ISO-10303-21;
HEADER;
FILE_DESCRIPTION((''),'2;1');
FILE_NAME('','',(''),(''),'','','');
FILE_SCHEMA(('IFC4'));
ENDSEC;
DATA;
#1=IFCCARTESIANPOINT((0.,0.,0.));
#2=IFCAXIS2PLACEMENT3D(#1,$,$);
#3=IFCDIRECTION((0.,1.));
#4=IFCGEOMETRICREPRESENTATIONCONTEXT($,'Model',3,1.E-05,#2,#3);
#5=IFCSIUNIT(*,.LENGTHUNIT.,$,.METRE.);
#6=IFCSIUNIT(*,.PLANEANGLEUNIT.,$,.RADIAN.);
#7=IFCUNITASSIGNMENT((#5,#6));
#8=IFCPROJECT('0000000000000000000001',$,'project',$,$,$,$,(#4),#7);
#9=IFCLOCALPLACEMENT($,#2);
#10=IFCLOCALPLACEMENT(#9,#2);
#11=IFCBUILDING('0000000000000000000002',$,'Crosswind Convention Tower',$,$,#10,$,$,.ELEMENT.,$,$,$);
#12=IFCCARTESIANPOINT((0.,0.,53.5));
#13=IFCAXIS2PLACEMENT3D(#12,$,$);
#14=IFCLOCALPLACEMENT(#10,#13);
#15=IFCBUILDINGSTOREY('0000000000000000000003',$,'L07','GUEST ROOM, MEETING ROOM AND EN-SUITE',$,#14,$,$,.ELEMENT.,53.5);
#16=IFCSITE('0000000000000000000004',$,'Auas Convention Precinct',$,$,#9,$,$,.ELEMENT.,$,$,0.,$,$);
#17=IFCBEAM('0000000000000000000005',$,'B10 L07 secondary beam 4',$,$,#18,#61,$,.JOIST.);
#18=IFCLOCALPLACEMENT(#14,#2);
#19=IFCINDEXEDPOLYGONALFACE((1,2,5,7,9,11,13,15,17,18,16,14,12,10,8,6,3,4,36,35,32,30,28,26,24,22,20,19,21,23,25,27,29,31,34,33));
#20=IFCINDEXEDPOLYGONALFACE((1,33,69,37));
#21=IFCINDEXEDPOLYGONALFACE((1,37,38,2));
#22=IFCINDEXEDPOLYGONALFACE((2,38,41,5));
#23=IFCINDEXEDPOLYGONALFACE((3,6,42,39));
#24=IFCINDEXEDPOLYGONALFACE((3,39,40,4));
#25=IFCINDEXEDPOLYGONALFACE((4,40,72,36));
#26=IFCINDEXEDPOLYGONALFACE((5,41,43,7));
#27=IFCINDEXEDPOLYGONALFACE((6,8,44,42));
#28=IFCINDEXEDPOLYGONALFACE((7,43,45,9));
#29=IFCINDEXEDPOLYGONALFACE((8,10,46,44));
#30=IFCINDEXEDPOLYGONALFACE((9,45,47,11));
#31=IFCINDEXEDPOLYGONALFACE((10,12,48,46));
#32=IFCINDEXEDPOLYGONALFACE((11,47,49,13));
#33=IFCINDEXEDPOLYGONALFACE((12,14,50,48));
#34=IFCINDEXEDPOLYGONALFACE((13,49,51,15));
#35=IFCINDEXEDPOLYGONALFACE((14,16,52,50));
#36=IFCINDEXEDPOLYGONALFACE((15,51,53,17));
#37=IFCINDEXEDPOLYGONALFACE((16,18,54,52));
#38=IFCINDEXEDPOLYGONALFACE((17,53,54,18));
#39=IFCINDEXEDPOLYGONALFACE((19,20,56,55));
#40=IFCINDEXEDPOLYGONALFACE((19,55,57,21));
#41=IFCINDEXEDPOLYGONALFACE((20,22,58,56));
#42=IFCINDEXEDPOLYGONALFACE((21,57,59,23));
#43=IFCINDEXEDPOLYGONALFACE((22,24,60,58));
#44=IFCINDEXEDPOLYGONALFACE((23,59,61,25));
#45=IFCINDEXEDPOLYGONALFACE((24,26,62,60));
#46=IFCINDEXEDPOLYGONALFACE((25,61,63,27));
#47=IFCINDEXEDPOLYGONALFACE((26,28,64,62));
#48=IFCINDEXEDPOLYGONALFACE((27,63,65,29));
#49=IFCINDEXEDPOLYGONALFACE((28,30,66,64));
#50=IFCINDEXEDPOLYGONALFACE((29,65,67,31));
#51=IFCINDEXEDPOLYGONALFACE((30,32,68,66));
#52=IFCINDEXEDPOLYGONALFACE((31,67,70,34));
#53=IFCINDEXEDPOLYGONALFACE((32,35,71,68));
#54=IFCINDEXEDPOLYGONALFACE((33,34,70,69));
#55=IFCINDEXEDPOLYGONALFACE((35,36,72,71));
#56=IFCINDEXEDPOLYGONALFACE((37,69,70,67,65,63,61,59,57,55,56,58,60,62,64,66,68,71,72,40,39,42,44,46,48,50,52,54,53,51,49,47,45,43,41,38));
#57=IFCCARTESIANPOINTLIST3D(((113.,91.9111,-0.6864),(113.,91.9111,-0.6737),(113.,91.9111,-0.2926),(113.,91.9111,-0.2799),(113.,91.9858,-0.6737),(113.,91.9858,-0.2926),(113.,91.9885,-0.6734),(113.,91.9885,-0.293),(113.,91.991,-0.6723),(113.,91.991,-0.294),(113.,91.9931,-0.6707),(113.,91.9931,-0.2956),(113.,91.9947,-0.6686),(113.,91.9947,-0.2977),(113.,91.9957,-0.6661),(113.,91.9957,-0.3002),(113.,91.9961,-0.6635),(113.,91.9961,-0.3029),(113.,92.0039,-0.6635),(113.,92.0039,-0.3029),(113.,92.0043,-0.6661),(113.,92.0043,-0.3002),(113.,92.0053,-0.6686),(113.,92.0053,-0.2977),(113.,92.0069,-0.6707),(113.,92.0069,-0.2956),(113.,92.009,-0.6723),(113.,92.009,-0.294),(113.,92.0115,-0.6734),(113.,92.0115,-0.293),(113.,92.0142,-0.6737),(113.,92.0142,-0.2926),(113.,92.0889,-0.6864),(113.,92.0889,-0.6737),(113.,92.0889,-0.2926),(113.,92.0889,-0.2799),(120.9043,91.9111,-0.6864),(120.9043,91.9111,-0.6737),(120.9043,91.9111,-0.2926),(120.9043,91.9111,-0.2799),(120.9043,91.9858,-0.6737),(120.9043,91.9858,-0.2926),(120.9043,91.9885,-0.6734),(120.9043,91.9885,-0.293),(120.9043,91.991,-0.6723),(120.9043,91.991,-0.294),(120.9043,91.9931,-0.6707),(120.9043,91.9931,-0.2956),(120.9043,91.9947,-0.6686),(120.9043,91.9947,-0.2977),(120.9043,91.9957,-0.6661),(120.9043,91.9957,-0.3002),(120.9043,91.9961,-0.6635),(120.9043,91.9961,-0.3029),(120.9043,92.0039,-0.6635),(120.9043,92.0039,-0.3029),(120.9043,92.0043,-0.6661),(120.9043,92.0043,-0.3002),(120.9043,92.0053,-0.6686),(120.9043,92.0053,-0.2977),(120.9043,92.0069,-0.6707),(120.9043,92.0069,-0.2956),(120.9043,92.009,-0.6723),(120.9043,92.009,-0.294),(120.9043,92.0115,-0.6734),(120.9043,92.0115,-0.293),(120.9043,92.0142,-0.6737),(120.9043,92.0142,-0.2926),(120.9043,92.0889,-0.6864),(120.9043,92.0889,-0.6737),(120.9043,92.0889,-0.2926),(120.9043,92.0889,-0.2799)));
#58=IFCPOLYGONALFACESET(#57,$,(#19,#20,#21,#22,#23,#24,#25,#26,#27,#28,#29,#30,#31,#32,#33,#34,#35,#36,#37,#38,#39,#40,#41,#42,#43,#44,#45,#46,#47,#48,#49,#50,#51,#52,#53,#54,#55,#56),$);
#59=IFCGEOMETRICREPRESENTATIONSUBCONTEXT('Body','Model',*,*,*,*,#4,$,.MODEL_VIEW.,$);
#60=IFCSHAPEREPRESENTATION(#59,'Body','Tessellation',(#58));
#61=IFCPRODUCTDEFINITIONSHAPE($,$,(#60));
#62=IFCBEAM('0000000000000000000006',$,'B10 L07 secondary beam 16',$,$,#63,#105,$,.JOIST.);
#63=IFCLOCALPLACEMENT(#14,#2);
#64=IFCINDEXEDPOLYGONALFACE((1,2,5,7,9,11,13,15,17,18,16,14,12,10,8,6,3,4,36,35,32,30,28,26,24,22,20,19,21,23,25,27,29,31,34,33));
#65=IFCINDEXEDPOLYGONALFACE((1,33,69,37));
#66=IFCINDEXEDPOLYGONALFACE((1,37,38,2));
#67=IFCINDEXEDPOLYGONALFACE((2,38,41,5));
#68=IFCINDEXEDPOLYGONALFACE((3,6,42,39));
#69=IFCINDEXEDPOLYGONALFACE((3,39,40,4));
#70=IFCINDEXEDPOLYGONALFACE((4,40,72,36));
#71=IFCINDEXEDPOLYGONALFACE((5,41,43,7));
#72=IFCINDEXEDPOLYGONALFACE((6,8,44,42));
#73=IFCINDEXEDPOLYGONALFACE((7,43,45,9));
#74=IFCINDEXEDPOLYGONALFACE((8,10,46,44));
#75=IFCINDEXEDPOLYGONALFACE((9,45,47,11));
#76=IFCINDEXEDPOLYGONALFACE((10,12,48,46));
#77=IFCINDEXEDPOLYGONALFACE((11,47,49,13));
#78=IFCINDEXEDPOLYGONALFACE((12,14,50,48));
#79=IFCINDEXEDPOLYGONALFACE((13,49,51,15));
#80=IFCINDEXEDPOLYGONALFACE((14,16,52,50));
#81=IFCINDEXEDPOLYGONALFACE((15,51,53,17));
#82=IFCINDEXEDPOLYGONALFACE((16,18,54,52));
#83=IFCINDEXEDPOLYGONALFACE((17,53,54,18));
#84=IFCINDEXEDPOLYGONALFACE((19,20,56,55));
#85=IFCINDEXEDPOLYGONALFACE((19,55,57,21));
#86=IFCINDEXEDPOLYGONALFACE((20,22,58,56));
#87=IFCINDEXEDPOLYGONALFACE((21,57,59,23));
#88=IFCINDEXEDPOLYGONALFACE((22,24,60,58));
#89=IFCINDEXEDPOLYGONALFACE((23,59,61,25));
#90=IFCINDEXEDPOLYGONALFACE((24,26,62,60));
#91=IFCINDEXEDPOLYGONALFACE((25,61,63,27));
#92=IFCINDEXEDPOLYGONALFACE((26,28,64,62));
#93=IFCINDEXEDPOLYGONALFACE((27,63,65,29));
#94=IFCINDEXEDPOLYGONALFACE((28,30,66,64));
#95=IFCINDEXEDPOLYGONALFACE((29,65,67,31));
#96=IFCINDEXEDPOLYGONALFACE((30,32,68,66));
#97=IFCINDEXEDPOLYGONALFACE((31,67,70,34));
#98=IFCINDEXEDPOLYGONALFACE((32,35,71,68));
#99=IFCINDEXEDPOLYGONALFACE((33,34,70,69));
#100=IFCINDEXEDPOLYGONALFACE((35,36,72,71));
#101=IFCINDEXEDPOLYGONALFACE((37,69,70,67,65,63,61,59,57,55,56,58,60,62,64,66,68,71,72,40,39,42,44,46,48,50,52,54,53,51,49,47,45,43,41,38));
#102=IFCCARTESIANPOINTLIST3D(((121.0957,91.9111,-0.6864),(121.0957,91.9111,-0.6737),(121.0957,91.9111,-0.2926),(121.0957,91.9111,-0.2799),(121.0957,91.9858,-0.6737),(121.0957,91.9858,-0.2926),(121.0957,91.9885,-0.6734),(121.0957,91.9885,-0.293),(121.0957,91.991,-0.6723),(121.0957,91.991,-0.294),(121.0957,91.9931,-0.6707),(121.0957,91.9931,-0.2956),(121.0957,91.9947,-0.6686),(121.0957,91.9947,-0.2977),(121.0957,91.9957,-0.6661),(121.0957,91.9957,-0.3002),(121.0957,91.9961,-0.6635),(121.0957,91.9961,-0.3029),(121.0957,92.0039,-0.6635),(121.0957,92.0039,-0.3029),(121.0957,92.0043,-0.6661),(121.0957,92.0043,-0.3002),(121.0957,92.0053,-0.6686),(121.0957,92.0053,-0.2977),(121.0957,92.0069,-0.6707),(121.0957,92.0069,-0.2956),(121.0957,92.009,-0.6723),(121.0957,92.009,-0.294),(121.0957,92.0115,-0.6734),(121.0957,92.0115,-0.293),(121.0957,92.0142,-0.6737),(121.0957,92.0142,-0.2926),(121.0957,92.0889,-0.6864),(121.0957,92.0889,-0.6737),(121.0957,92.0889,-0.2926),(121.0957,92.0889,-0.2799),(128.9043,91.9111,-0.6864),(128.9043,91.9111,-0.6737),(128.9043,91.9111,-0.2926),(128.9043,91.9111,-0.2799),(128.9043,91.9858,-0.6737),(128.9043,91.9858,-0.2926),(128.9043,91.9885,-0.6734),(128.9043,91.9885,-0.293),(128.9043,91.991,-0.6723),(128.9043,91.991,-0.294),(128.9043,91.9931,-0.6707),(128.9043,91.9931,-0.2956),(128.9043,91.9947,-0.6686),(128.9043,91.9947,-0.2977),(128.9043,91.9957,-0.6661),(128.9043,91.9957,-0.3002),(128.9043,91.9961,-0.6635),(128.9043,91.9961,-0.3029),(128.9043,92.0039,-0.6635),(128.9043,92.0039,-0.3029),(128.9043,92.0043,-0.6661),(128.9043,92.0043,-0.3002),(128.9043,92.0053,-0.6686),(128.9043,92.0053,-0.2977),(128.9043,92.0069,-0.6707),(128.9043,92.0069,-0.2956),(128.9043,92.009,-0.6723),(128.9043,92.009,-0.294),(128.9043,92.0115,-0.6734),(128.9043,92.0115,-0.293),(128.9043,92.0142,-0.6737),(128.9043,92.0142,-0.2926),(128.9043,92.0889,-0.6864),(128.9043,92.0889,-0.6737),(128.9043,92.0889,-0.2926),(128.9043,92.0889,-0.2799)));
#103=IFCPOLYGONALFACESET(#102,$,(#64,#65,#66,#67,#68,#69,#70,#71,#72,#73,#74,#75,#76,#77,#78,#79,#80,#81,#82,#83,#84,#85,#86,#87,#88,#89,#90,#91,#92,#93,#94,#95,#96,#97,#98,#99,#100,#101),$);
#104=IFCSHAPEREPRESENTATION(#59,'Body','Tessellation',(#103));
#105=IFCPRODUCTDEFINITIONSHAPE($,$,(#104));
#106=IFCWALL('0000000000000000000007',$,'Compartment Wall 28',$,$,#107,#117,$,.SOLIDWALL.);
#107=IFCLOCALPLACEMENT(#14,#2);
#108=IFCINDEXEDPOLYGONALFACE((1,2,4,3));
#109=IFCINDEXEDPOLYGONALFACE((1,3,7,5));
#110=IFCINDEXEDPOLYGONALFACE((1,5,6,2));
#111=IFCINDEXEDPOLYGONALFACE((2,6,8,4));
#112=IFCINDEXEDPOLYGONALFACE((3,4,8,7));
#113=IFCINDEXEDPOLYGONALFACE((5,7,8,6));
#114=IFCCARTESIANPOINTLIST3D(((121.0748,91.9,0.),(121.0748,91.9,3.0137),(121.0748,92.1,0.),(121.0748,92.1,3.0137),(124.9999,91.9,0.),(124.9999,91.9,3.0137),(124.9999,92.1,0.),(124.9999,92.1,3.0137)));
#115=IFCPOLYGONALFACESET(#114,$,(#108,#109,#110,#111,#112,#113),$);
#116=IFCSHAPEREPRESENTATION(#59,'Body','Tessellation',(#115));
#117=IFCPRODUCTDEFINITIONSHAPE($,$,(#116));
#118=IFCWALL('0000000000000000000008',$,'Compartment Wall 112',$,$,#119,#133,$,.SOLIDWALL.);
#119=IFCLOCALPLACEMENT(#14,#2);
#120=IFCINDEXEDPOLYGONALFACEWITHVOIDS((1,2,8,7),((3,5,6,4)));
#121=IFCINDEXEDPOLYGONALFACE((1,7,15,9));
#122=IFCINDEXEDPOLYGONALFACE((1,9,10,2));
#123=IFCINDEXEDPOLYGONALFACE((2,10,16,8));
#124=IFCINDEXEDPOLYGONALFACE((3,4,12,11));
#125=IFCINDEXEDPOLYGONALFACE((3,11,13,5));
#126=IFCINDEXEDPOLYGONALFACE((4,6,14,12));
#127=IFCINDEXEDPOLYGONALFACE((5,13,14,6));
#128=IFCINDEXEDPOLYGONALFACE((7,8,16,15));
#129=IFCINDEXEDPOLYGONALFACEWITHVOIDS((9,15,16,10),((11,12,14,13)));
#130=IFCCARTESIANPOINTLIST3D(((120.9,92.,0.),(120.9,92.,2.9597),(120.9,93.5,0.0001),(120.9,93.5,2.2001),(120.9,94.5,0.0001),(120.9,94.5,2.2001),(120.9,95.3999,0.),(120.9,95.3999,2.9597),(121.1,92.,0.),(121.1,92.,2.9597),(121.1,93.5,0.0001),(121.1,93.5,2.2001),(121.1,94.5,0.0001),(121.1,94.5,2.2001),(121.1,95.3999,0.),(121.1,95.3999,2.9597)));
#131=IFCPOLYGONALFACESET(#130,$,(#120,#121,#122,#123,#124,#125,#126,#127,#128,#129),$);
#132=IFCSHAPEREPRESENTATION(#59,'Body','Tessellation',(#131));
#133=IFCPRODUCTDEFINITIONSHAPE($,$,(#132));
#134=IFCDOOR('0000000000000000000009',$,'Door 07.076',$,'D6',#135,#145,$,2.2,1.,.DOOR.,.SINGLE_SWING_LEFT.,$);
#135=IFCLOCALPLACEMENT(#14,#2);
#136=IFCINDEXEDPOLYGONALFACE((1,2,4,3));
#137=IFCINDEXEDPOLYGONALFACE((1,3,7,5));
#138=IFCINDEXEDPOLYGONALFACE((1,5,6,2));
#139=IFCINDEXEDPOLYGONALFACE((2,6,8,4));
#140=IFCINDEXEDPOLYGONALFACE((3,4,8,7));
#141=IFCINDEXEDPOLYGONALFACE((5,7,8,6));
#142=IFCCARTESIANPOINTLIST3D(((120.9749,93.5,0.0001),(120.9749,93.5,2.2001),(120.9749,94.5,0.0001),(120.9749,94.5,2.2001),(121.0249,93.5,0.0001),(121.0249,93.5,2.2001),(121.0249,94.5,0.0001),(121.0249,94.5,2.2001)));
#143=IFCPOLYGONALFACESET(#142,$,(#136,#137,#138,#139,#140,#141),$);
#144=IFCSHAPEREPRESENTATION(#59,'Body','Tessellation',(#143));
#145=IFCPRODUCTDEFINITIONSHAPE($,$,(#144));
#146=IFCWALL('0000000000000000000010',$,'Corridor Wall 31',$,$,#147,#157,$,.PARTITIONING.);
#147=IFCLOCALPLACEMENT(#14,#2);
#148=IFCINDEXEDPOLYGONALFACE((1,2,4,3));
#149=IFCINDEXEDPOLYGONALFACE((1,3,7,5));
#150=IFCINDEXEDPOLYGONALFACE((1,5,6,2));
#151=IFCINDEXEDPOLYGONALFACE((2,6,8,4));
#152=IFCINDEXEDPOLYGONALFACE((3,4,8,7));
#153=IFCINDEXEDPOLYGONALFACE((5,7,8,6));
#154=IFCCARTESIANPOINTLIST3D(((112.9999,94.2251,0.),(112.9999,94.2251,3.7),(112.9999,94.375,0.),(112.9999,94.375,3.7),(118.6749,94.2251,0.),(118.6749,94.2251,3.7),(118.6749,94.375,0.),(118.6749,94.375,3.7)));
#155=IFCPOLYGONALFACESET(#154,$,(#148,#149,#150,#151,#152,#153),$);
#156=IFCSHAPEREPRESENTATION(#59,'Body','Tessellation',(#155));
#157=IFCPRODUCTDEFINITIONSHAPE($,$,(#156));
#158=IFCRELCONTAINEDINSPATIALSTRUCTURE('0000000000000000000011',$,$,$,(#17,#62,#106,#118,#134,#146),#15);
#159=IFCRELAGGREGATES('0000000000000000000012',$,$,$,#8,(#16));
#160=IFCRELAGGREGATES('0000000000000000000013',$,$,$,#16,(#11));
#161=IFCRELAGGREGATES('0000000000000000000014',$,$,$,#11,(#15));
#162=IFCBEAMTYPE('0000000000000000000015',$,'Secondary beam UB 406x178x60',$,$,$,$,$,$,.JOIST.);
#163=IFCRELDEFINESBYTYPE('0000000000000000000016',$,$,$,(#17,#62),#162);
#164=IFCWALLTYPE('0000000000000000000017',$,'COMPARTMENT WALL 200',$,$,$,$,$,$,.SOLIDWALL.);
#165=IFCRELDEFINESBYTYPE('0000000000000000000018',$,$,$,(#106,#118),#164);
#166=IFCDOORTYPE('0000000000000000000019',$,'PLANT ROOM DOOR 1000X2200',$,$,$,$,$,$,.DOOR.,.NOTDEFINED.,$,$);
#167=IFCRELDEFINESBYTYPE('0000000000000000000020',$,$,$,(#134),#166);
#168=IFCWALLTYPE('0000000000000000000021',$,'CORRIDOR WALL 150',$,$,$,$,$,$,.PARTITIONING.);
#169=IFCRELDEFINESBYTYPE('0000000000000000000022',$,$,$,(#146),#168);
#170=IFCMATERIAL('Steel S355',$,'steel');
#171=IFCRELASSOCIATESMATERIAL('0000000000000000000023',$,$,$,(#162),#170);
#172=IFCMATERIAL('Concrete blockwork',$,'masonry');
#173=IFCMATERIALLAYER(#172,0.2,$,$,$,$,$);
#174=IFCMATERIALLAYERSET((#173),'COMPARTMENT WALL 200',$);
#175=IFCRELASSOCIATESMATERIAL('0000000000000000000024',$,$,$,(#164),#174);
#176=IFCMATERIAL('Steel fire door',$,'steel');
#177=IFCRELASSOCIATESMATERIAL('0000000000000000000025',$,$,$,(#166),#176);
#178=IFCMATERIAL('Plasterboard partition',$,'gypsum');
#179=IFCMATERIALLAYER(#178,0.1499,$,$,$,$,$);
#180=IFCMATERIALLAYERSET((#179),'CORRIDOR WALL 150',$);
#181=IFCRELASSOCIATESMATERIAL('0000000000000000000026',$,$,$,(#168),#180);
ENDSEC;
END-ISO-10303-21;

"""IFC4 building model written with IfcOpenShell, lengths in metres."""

from ifc_helpers import new_model, si_unit, direction, frame, frame_2d, origin, origin_2d, place, context, subcontext, project, spatial, rectangle, i_section, extrude, material, layer, layer_set, material_profile, profile_set, type_object, element, fill, save


model = new_model("IFC4")

# Units and contexts
model_context = context("Model", 3, precision=1e-05, world=origin(), true_north=direction((0.0, 1.0)))
body_context = subcontext(model_context, "Body", "Model", "MODEL_VIEW")
ifc_project = project(units=[si_unit("LENGTHUNIT", "METRE"), si_unit("PLANEANGLEUNIT", "RADIAN")], contexts=[model_context])

# Site, building, storey
site_placement = place(None, origin())
site = spatial("IfcSite", under=ifc_project, at=site_placement, Name="Auas Convention Precinct", CompositionType="ELEMENT", RefElevation=0.0)
building_placement = place(site_placement, origin())
building = spatial("IfcBuilding", under=site, at=building_placement, Name="Crosswind Convention Tower", CompositionType="ELEMENT")
storey_placement = place(building_placement, frame((0.0, 0.0, 53.5)))
storey = spatial("IfcBuildingStorey", under=building, at=storey_placement, Name="L07", Description="GUEST ROOM, MEETING ROOM AND EN-SUITE", CompositionType="ELEMENT", Elevation=53.5)

# Beams
ifc_material_1 = material(Name="Steel S355", Category="steel")
ifc_material_profile_1 = material_profile(ifc_material_1, i_section(OverallWidth=0.1777, OverallDepth=0.4065, WebThickness=0.0078, FlangeThickness=0.0127, FilletRadius=0.0103, at=origin_2d()), Name="UB 406x178x60")
ifc_profile_set_1 = profile_set([ifc_material_profile_1], Name="Steel S355")
beam_type_1 = type_object("IfcBeamType", Name="Secondary beam UB 406x178x60", PredefinedType="JOIST", material=ifc_profile_set_1)
beam_1_placement = place(storey_placement, frame((113.0, 92.0, -0.4832), z_axis=(1.0, 0.0, 0.0), x_axis=(0.0, 1.0, 0.0)))
element("IfcBeam", 1, at=beam_1_placement, inside=storey, type_object=beam_type_1, Name="B10 L07 secondary beam 4", PredefinedType="JOIST", context=body_context, shape_type="SweptSolid", body=[
    extrude(i_section(OverallWidth=0.1777, OverallDepth=0.4065, WebThickness=0.0078, FlangeThickness=0.0127, FilletRadius=0.0103, at=origin_2d()), origin(), (0.0, 0.0, 1.0), 7.9043),
])
beam_2_placement = place(storey_placement, frame((121.0957, 92.0, -0.4832), z_axis=(1.0, 0.0, 0.0), x_axis=(0.0, 1.0, 0.0)))
element("IfcBeam", 2, at=beam_2_placement, inside=storey, type_object=beam_type_1, Name="B10 L07 secondary beam 16", PredefinedType="JOIST", context=body_context, shape_type="SweptSolid", body=[
    extrude(i_section(OverallWidth=0.1777, OverallDepth=0.4065, WebThickness=0.0078, FlangeThickness=0.0127, FilletRadius=0.0103, at=origin_2d()), origin(), (0.0, 0.0, 1.0), 7.8086),
])

# Wall
ifc_material_2 = material(Name="Concrete blockwork", Category="masonry")
ifc_layer_1 = layer(ifc_material_2, 0.2)
ifc_layer_set_1 = layer_set([ifc_layer_1], Name="COMPARTMENT WALL 200")
wall_type_1 = type_object("IfcWallType", Name="COMPARTMENT WALL 200", PredefinedType="SOLIDWALL", material=ifc_layer_set_1)
wall_1_placement = place(storey_placement, frame((121.075, 92.0, 0.0), z_axis=(0.0, 0.0, 1.0), x_axis=(1.0, 0.0, 0.0)))
element("IfcWall", 3, at=wall_1_placement, inside=storey, type_object=wall_type_1, Name="Compartment Wall 28", PredefinedType="SOLIDWALL", context=body_context, shape_type="SweptSolid", body=[
    extrude(rectangle(XDim=3.925, YDim=0.2, at=frame_2d((1.9624, 0.0))), origin(), (0.0, 0.0, 1.0), 3.0137),
])

# Wall, opening, door
wall_2_placement = place(storey_placement, frame((121.0, 92.0, 0.0), z_axis=(0.0, 0.0, 1.0), x_axis=(0.0, 1.0, 0.0)))
wall_2 = element("IfcWall", 4, at=wall_2_placement, inside=storey, type_object=wall_type_1, Name="Compartment Wall 112", PredefinedType="SOLIDWALL", context=body_context, shape_type="SweptSolid", body=[
    extrude(rectangle(XDim=3.3999, YDim=0.2, at=frame_2d((1.7, 0.0))), origin(), (0.0, 0.0, 1.0), 2.9597),
])
opening_1_placement = place(wall_2_placement, frame((1.5, 0.0, 0.0)))
opening_1 = element("IfcOpeningElement", 5, at=opening_1_placement, cuts=wall_2, PredefinedType="OPENING", context=body_context, shape_type="SweptSolid", body=[
    extrude(rectangle(XDim=1.0, YDim=2.2, at=frame_2d((0.5, 1.1001))), frame((0.0, 0.1099, 0.0), z_axis=(0.0, -1.0, 0.0), x_axis=(1.0, 0.0, 0.0)), (0.0, 0.0, 1.0), 0.22),
])
ifc_material_3 = material(Name="Steel fire door", Category="steel")
door_type_1 = type_object("IfcDoorType", Name="PLANT ROOM DOOR 1000X2200", OperationType="NOTDEFINED", PredefinedType="DOOR", material=ifc_material_3)
door_1_placement = place(opening_1_placement, frame((1.0, 0.0, 0.0), z_axis=(0.0, 0.0, 1.0), x_axis=(-1.0, 0.0, 0.0)))
door_1 = element("IfcDoor", 6, at=door_1_placement, inside=storey, type_object=door_type_1, Name="Door 07.076", ObjectType="D6", OperationType="SINGLE_SWING_LEFT", OverallHeight=2.2, OverallWidth=1.0, PredefinedType="DOOR", context=body_context, shape_type="SweptSolid", body=[
    extrude(rectangle(XDim=1.0, YDim=2.2, at=frame_2d((0.5, 1.1001))), frame((0.0, 0.0249, 0.0), z_axis=(0.0, -1.0, 0.0), x_axis=(1.0, 0.0, 0.0)), (0.0, 0.0, 1.0), 0.05),
])
fill(opening_1, door_1)

# Wall
ifc_material_4 = material(Name="Plasterboard partition", Category="gypsum")
ifc_layer_2 = layer(ifc_material_4, 0.1499)
ifc_layer_set_2 = layer_set([ifc_layer_2], Name="CORRIDOR WALL 150")
wall_type_2 = type_object("IfcWallType", Name="CORRIDOR WALL 150", PredefinedType="PARTITIONING", material=ifc_layer_set_2)
wall_3_placement = place(storey_placement, frame((113.0, 94.3, 0.0), z_axis=(0.0, 0.0, 1.0), x_axis=(1.0, 0.0, 0.0)))
element("IfcWall", 7, at=wall_3_placement, inside=storey, type_object=wall_type_2, Name="Corridor Wall 31", PredefinedType="PARTITIONING", context=body_context, shape_type="SweptSolid", body=[
    extrude(rectangle(XDim=5.675, YDim=0.1499, at=frame_2d((2.8374, 0.0))), origin(), (0.0, 0.0, 1.0), 3.7),
])

save(model, "model.ifc")
